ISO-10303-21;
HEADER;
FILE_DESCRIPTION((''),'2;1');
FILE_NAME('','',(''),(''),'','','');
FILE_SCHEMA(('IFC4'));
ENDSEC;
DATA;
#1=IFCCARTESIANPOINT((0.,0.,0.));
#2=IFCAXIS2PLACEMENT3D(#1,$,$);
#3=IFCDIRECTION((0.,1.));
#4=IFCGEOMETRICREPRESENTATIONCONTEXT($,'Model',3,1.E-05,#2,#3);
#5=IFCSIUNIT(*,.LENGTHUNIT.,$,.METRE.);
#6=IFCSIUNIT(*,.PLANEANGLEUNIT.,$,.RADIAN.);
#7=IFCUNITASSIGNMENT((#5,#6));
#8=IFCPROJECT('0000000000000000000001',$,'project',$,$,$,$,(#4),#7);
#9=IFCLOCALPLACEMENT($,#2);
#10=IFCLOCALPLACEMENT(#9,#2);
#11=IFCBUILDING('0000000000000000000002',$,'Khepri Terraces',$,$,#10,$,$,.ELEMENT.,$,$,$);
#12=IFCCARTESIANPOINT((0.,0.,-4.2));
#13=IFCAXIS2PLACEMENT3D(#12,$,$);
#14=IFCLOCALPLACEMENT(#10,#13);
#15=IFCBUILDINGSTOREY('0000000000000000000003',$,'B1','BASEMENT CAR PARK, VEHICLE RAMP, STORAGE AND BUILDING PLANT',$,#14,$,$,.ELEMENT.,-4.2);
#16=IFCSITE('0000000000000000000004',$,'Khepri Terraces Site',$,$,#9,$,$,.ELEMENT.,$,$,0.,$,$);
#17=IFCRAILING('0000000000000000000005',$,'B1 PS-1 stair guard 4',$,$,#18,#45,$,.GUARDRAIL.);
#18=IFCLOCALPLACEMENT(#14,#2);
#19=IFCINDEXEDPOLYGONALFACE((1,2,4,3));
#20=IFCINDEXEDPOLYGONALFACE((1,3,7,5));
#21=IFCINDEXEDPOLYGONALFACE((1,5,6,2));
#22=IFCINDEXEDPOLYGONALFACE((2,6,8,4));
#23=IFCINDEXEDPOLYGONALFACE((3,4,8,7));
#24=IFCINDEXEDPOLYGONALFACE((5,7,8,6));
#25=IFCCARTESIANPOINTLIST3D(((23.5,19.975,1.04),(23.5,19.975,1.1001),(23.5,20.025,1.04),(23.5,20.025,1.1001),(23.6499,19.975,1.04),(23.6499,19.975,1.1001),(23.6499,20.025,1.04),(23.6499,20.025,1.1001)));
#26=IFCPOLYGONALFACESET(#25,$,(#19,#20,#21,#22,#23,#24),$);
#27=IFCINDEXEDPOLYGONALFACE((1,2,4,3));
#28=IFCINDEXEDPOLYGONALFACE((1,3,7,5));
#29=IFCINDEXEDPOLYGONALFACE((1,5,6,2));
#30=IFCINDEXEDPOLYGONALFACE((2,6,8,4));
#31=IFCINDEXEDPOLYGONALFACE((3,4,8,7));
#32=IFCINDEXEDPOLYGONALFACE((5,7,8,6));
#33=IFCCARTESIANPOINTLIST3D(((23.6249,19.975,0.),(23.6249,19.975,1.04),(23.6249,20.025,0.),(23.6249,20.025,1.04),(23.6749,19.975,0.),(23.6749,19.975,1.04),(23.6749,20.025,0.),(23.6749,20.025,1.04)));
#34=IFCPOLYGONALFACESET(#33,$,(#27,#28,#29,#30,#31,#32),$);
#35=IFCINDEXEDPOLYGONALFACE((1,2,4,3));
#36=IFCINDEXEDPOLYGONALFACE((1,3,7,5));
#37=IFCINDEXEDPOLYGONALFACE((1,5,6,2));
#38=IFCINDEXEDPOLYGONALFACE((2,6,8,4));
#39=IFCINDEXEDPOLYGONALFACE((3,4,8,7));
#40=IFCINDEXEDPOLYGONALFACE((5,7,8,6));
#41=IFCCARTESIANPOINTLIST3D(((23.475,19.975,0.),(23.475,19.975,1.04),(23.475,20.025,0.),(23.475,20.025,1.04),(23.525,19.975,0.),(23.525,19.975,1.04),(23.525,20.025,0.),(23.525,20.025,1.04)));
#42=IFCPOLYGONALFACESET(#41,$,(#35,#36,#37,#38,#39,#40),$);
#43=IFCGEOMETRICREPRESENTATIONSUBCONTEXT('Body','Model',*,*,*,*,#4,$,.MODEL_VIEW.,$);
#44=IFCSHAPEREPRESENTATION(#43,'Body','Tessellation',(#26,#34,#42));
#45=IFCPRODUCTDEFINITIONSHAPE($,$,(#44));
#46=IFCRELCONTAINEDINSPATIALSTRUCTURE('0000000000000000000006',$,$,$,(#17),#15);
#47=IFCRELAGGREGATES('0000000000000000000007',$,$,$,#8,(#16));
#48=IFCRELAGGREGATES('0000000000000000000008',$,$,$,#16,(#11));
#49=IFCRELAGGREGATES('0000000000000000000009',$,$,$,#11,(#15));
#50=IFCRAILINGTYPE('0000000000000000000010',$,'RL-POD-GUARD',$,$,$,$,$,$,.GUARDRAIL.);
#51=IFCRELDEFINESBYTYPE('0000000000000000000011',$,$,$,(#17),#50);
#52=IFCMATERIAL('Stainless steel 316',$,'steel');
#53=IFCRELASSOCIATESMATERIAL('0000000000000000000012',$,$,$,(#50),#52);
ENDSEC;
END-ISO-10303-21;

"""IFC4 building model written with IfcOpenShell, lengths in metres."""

from ifc_helpers import new_model, si_unit, direction, frame, origin, origin_2d, place, context, subcontext, project, spatial, rectangle, extrude, material, type_object, element, save


model = new_model("IFC4")

# Units and contexts
model_context = context("Model", 3, precision=1e-05, world=origin(), true_north=direction((0.0, 1.0)))
body_context = subcontext(model_context, "Body", "Model", "MODEL_VIEW")
ifc_project = project(units=[si_unit("LENGTHUNIT", "METRE"), si_unit("PLANEANGLEUNIT", "RADIAN")], contexts=[model_context])

# Site, building, storey
site_placement = place(None, origin())
site = spatial("IfcSite", under=ifc_project, at=site_placement, Name="Khepri Terraces Site", CompositionType="ELEMENT", RefElevation=0.0)
building_placement = place(site_placement, origin())
building = spatial("IfcBuilding", under=site, at=building_placement, Name="Khepri Terraces", CompositionType="ELEMENT")
storey_placement = place(building_placement, frame((0.0, 0.0, -4.2)))
storey = spatial("IfcBuildingStorey", under=building, at=storey_placement, Name="B1", Description="BASEMENT CAR PARK, VEHICLE RAMP, STORAGE AND BUILDING PLANT", CompositionType="ELEMENT", Elevation=-4.2)

# Railing
ifc_material_1 = material(Name="Stainless steel 316", Category="steel")
railing_type = type_object("IfcRailingType", Name="RL-POD-GUARD", PredefinedType="GUARDRAIL", material=ifc_material_1)
railing_1_placement = place(storey_placement, frame((23.6499, 20.0, 0.0)))
element("IfcRailing", 1, at=railing_1_placement, inside=storey, type_object=railing_type, Name="B1 PS-1 stair guard 4", PredefinedType="GUARDRAIL", context=body_context, shape_type="SweptSolid", body=[
    extrude(rectangle(XDim=0.05, YDim=0.0601, at=origin_2d()), frame((0.0, 0.0, 1.0701), z_axis=(-1.0, 0.0, 0.0), x_axis=(0.0, -1.0, 0.0)), (0.0, 0.0, 1.0), 0.1499),
    extrude(rectangle(XDim=0.05, YDim=0.05, at=origin_2d()), origin(), (0.0, 0.0, 1.0), 1.04),
    extrude(rectangle(XDim=0.05, YDim=0.05, at=origin_2d()), frame((-0.1499, 0.0, 0.0)), (0.0, 0.0, 1.0), 1.04),
])

save(model, "model.ifc")
